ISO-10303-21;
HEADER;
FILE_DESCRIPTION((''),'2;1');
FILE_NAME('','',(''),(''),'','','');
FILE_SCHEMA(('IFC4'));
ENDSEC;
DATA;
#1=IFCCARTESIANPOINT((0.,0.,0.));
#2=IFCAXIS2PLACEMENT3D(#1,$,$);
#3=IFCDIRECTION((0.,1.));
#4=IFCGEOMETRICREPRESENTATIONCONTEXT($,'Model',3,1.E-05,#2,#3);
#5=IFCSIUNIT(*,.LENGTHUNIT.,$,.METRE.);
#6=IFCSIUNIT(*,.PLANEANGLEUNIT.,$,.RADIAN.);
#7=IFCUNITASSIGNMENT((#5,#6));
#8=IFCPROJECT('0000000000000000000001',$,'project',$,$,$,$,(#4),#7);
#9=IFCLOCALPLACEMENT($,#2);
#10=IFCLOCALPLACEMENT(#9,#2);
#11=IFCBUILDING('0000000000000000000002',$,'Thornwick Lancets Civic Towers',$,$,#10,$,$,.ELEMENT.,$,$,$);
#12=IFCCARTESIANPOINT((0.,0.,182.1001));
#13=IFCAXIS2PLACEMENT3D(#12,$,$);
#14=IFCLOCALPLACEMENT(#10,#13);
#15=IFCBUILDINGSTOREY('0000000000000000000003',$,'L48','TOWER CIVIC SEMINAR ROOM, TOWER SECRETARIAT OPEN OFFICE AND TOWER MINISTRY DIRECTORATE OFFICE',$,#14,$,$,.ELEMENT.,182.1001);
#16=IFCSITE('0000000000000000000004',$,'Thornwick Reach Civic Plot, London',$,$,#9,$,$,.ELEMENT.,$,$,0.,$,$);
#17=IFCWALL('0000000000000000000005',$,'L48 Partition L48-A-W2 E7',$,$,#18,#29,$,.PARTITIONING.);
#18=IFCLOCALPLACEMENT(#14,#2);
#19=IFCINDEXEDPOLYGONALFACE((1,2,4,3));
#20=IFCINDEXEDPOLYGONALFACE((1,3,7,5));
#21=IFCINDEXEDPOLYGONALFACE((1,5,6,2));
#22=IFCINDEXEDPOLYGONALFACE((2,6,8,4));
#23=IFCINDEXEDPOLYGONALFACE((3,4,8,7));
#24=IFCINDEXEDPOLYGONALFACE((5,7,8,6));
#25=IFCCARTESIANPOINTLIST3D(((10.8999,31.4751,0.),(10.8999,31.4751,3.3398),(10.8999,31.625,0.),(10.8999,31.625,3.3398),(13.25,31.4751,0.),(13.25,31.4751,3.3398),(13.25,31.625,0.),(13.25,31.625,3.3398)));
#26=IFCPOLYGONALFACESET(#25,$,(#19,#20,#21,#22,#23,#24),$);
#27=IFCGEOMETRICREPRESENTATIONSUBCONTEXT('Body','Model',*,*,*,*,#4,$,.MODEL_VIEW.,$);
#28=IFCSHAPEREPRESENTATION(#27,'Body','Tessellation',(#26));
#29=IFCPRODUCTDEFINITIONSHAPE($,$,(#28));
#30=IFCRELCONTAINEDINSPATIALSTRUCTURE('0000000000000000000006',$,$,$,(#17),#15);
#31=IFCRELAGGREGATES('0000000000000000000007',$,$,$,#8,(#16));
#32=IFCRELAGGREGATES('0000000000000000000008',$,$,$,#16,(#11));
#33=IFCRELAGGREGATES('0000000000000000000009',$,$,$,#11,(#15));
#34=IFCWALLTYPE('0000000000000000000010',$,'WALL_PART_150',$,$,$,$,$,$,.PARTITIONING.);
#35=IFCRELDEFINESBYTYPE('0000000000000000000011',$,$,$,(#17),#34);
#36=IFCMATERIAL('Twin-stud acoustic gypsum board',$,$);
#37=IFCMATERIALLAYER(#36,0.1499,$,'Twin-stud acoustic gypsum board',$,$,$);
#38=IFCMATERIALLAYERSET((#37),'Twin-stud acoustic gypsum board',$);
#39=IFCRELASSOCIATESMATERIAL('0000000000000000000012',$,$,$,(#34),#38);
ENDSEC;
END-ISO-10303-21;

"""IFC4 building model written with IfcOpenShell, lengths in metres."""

from ifc_helpers import new_model, si_unit, direction, frame, frame_2d, origin, place, context, subcontext, project, spatial, rectangle, extrude, material, layer, layer_set, type_object, element, save


model = new_model("IFC4")

# Units and contexts
model_context = context("Model", 3, precision=1e-05, world=origin(), true_north=direction((0.0, 1.0)))
body_context = subcontext(model_context, "Body", "Model", "MODEL_VIEW")
ifc_project = project(units=[si_unit("LENGTHUNIT", "METRE"), si_unit("PLANEANGLEUNIT", "RADIAN")], contexts=[model_context])

# Site, building, storey
site_placement = place(None, origin())
site = spatial("IfcSite", under=ifc_project, at=site_placement, Name="Thornwick Reach Civic Plot, London", CompositionType="ELEMENT", RefElevation=0.0)
building_placement = place(site_placement, origin())
building = spatial("IfcBuilding", under=site, at=building_placement, Name="Thornwick Lancets Civic Towers", CompositionType="ELEMENT")
storey_placement = place(building_placement, frame((0.0, 0.0, 182.1001)))
storey = spatial("IfcBuildingStorey", under=building, at=storey_placement, Name="L48", Description="TOWER CIVIC SEMINAR ROOM, TOWER SECRETARIAT OPEN OFFICE AND TOWER MINISTRY DIRECTORATE OFFICE", CompositionType="ELEMENT", Elevation=182.1001)

# Shared definitions
ifc_material_1 = material(Name="Twin-stud acoustic gypsum board")
ifc_layer_1 = layer(ifc_material_1, 0.1499, Name="Twin-stud acoustic gypsum board")
ifc_layer_set_1 = layer_set([ifc_layer_1], Name="Twin-stud acoustic gypsum board")
wall_type_1 = type_object("IfcWallType", Name="WALL_PART_150", PredefinedType="PARTITIONING", material=ifc_layer_set_1)

# Wall
wall_1_placement = place(storey_placement, frame((10.8999, 31.55, 0.0), z_axis=(0.0, 0.0, 1.0), x_axis=(1.0, 0.0, 0.0)))
element("IfcWall", 1, at=wall_1_placement, inside=storey, type_object=wall_type_1, Name="L48 Partition L48-A-W2 E7", PredefinedType="PARTITIONING", context=body_context, shape_type="SweptSolid", body=[
    extrude(rectangle(XDim=2.3501, YDim=0.1499, at=frame_2d((1.175, 0.0))), origin(), (0.0, 0.0, 1.0), 3.3398),
])

save(model, "model.ifc")
